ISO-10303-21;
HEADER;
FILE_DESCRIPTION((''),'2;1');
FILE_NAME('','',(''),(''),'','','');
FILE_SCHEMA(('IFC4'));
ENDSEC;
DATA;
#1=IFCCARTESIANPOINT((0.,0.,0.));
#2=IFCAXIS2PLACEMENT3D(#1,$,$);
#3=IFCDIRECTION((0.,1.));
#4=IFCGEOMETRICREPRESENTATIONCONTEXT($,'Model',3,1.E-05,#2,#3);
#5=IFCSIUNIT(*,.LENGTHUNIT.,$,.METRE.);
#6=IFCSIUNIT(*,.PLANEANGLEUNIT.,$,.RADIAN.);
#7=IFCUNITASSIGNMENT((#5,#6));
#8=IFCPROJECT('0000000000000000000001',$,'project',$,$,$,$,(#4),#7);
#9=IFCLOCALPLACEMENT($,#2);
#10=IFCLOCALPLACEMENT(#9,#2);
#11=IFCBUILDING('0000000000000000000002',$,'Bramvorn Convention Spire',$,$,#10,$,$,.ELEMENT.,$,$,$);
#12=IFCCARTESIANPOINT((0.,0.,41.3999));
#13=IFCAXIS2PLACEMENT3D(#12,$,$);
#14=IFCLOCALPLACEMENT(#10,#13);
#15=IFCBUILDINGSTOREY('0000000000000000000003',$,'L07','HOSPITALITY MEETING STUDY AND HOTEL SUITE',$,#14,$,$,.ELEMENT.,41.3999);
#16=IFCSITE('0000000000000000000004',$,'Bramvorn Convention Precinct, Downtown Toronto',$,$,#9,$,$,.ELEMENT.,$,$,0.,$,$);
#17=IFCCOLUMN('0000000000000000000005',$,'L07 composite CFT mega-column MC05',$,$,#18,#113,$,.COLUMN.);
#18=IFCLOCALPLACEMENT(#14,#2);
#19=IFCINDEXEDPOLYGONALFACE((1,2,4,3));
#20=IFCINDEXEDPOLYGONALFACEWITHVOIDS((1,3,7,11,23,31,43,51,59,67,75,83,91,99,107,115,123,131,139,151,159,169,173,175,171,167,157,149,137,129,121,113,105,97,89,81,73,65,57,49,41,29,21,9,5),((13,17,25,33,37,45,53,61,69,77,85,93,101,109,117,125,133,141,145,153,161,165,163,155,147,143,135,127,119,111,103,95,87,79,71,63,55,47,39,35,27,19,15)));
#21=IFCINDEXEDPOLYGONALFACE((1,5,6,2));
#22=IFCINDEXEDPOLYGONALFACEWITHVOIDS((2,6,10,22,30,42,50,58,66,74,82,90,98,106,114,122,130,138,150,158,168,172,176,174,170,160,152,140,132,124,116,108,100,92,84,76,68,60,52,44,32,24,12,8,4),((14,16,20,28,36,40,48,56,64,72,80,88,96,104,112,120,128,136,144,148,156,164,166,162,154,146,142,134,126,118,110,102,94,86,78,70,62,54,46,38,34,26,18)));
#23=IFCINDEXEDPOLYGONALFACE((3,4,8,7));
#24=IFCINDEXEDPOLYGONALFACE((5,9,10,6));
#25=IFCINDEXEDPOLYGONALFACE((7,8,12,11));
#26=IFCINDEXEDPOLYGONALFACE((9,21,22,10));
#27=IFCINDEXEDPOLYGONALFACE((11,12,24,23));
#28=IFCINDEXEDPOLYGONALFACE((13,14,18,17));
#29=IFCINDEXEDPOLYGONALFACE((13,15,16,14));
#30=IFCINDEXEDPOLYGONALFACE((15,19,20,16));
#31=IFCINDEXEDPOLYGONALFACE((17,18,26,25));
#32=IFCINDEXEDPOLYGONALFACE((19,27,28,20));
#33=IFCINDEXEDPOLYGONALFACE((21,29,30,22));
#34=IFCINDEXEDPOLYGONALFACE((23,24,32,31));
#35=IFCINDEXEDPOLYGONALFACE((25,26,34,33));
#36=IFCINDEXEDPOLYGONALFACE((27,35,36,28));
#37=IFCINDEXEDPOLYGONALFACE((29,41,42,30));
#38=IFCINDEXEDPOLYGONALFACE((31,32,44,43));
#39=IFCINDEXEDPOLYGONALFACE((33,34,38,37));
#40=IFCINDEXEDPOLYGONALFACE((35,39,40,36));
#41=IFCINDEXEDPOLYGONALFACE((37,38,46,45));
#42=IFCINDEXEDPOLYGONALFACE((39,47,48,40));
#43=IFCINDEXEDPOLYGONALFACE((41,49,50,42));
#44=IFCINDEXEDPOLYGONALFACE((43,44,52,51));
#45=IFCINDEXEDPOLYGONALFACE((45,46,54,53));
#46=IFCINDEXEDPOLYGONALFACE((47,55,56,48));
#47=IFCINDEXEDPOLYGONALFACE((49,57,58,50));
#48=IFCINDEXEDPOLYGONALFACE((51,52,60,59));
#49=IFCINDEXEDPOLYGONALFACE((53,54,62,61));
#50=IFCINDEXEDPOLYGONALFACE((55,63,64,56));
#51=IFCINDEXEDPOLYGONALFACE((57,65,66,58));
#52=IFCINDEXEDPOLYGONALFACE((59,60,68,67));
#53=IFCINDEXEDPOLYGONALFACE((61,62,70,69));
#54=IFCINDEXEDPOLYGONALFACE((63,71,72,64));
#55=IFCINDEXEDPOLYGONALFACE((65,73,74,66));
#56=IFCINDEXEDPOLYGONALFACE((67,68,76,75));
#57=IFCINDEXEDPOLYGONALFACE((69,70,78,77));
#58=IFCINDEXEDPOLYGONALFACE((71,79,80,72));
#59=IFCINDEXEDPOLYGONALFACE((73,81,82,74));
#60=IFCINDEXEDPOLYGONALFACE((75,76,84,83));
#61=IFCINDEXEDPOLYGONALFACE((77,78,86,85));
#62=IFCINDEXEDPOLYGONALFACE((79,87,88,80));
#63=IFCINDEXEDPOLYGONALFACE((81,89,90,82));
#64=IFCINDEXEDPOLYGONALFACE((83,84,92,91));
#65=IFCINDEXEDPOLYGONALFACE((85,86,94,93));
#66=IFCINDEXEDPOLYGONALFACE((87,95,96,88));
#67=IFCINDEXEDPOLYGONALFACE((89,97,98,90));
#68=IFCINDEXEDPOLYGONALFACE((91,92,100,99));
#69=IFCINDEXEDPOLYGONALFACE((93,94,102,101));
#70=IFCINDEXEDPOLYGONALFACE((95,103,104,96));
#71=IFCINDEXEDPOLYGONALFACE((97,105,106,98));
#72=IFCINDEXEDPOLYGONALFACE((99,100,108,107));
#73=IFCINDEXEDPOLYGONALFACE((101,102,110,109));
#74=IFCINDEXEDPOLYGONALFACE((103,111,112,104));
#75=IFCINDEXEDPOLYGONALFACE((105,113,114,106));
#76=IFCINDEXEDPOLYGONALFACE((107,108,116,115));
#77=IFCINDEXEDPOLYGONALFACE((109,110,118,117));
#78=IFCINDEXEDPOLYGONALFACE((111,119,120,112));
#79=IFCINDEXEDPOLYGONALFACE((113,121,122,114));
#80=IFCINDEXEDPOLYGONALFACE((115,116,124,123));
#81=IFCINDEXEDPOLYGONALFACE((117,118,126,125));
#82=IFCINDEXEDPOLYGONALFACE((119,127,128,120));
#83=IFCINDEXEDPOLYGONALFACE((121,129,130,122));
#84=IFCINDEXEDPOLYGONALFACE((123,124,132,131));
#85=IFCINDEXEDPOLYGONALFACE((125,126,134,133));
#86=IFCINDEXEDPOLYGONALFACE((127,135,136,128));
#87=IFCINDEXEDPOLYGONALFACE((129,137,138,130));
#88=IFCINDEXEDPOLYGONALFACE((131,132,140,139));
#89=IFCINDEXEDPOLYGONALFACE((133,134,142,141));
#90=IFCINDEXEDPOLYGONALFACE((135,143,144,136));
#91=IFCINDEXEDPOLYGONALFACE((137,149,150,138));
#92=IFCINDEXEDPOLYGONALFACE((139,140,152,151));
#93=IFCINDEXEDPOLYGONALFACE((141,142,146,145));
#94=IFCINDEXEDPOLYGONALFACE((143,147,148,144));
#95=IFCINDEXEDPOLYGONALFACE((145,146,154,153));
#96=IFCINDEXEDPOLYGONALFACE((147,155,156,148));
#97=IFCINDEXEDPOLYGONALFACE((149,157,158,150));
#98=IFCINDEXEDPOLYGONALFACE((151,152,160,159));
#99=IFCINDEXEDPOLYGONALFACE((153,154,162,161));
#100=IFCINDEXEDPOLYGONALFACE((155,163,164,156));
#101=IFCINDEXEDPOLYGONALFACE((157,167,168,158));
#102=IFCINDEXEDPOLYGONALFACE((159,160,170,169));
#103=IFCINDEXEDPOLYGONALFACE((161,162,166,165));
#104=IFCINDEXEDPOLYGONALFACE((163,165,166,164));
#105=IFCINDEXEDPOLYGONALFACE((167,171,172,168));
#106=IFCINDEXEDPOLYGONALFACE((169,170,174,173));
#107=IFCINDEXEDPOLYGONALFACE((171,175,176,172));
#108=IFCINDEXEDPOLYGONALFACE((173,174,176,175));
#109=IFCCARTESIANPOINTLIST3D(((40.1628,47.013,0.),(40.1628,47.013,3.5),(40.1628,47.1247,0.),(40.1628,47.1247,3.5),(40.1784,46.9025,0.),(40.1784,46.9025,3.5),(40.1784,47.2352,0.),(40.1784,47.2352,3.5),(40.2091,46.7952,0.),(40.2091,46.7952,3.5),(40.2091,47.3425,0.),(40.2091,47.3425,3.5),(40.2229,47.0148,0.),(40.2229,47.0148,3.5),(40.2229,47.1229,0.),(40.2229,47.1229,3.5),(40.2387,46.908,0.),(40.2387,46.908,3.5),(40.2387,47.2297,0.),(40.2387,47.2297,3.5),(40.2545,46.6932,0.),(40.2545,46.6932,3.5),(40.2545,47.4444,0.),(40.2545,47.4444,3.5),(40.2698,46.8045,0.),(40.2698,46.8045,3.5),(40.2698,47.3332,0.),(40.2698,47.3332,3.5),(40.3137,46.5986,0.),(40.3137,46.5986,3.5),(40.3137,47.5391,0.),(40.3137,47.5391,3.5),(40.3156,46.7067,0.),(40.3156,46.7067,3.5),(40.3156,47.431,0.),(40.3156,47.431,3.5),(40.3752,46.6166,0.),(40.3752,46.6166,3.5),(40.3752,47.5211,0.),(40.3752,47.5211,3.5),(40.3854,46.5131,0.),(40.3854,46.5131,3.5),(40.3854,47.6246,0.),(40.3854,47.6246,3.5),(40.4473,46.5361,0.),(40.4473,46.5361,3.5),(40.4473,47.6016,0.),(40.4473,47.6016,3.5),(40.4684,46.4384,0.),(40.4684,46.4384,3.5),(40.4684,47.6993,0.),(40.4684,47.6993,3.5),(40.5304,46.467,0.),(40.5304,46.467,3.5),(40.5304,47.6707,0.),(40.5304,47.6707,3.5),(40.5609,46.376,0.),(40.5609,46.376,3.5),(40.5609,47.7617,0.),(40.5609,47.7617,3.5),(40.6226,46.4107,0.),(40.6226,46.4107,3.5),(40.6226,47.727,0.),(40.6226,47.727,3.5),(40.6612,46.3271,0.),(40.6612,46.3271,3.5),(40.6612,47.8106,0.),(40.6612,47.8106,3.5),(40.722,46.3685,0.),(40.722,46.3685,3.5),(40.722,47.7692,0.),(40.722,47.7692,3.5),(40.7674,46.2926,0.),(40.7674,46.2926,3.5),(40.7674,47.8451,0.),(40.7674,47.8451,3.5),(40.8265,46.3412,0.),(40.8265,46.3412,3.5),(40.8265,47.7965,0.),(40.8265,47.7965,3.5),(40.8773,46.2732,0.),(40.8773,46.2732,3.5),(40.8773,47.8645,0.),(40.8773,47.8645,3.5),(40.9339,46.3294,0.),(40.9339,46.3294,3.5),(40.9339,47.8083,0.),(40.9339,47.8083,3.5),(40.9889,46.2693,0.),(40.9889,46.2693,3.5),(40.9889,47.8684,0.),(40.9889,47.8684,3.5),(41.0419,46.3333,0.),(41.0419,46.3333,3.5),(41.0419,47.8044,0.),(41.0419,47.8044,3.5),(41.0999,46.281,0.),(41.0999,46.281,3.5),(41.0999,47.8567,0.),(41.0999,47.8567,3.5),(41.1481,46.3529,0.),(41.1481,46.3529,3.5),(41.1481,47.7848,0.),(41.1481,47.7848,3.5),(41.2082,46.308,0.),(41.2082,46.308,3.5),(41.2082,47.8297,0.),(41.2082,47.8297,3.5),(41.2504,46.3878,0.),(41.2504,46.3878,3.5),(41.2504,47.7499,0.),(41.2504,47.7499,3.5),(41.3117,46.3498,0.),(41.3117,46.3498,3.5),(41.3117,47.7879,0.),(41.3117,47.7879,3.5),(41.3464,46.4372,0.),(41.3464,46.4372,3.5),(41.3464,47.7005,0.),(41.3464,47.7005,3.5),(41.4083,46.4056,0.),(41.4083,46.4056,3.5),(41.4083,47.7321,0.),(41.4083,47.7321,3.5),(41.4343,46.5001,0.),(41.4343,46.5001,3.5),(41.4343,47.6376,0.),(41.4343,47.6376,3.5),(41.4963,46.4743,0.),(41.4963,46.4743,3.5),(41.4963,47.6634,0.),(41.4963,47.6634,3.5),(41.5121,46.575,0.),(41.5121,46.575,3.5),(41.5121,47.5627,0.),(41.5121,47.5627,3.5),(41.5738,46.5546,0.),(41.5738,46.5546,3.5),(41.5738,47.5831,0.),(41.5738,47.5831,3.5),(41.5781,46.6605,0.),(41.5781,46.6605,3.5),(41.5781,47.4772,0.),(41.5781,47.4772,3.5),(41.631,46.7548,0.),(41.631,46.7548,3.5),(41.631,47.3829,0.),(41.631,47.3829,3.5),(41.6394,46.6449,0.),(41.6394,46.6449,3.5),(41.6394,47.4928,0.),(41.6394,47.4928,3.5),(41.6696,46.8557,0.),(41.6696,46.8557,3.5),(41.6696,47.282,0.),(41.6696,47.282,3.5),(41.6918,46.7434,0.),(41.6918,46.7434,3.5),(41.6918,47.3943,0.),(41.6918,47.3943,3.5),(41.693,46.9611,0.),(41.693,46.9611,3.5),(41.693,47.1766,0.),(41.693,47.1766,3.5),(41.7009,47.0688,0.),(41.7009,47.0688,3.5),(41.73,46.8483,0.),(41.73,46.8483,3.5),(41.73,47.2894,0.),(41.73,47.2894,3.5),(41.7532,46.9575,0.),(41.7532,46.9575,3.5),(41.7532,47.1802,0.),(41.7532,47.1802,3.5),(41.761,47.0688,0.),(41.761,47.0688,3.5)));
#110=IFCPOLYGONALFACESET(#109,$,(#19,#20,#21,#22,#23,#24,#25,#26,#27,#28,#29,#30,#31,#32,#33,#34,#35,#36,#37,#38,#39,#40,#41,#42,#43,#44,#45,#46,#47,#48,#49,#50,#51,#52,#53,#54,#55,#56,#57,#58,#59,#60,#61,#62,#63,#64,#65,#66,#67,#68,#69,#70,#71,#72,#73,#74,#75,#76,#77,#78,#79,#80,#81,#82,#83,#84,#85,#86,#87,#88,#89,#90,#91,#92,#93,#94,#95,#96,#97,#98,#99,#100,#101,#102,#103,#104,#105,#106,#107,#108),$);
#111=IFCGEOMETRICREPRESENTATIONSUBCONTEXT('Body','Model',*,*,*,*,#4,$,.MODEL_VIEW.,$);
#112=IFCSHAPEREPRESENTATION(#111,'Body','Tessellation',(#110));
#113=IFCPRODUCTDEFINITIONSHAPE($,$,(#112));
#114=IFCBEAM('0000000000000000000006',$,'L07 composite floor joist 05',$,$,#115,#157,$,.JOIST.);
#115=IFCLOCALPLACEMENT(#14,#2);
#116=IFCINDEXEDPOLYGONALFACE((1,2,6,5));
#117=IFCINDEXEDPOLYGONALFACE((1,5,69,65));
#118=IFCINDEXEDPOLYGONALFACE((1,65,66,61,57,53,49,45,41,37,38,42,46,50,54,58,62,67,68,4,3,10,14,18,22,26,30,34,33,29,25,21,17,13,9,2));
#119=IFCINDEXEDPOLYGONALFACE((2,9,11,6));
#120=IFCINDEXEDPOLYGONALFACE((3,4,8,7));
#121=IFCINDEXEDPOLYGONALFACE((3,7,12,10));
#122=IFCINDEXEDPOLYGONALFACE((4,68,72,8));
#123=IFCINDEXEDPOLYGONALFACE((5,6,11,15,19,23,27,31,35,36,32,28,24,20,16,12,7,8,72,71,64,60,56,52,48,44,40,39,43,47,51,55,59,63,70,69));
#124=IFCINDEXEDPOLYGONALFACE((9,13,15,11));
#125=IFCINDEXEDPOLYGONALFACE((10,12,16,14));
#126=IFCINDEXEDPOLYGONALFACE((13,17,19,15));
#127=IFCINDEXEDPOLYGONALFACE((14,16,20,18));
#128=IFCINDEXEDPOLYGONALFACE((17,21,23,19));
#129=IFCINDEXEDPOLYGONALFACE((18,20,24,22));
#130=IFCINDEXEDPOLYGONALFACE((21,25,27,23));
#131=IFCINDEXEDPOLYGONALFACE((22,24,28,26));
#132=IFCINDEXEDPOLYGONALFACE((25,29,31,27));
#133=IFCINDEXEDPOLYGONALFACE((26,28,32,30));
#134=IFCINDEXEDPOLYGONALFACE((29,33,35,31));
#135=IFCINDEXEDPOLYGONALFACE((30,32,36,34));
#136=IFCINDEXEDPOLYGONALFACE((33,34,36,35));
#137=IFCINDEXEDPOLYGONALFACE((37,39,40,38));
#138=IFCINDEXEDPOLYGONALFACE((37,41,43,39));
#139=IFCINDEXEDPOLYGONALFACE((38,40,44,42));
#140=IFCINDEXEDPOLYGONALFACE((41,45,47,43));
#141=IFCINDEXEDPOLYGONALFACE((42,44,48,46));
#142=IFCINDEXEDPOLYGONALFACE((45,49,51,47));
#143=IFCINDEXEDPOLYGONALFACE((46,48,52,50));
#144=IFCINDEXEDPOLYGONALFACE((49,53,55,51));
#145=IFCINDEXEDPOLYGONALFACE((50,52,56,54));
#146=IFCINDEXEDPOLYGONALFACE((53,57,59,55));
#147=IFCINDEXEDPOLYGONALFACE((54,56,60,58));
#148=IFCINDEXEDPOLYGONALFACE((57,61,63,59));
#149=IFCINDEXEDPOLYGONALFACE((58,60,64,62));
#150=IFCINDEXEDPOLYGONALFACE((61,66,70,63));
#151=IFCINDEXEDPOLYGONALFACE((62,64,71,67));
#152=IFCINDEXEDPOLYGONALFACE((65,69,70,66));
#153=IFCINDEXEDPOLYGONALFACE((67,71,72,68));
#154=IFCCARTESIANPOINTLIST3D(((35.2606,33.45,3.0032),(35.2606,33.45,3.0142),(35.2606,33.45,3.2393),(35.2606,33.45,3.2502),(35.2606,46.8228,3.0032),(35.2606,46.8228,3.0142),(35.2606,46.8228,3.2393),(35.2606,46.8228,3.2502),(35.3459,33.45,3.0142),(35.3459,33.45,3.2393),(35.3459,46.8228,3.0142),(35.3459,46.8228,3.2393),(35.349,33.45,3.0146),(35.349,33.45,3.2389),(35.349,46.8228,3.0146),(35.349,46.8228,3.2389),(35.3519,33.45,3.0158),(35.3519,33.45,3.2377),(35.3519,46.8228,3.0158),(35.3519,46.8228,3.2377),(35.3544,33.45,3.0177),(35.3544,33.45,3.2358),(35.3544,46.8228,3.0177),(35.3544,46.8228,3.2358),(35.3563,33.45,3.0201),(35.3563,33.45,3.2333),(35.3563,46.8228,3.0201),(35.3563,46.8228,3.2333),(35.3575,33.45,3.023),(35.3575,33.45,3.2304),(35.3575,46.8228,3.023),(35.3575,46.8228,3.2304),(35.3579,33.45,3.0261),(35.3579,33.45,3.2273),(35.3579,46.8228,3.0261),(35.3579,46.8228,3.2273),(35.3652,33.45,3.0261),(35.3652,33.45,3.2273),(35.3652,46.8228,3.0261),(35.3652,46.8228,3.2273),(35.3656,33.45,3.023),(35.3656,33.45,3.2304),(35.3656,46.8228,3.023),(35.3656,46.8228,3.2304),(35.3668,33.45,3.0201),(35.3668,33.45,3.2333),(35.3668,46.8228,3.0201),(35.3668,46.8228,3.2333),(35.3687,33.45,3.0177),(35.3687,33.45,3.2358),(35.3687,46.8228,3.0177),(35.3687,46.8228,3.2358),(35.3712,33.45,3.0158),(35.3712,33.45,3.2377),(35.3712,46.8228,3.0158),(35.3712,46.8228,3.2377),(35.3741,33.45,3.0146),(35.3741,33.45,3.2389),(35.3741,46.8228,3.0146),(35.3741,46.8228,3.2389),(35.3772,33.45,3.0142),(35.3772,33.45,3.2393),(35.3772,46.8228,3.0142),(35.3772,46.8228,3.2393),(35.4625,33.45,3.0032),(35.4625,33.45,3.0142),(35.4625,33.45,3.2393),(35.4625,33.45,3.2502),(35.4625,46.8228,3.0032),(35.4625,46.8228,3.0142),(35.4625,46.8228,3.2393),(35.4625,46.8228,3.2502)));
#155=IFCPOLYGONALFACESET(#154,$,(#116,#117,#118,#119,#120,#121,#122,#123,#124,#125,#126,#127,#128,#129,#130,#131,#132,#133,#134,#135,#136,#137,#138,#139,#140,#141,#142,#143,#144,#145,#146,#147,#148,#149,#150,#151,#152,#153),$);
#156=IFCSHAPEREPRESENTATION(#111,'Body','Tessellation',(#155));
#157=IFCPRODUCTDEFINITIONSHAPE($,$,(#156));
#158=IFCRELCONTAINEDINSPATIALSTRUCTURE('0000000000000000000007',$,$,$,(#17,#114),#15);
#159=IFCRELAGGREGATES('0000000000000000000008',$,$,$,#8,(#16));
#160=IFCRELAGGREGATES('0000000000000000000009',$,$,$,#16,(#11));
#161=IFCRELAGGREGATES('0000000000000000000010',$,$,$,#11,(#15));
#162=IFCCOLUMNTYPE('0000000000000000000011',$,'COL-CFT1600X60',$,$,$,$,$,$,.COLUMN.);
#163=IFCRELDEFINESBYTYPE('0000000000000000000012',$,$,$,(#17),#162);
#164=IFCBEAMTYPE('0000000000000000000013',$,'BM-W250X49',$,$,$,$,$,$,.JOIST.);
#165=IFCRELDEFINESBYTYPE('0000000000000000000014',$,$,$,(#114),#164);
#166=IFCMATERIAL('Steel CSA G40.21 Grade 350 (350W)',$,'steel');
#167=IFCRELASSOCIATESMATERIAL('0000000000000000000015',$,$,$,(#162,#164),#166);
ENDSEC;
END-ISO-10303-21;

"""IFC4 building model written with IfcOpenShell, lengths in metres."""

from ifc_helpers import new_model, si_unit, direction, frame, origin, origin_2d, place, context, subcontext, project, spatial, hollow_circle, i_section, extrude, material, material_profile, profile_set, type_object, element, save


model = new_model("IFC4")

# Units and contexts
model_context = context("Model", 3, precision=1e-05, world=origin(), true_north=direction((0.0, 1.0)))
body_context = subcontext(model_context, "Body", "Model", "MODEL_VIEW")
ifc_project = project(units=[si_unit("LENGTHUNIT", "METRE"), si_unit("PLANEANGLEUNIT", "RADIAN")], contexts=[model_context])

# Site, building, storey
site_placement = place(None, origin())
site = spatial("IfcSite", under=ifc_project, at=site_placement, Name="Bramvorn Convention Precinct, Downtown Toronto", CompositionType="ELEMENT", RefElevation=0.0)
building_placement = place(site_placement, origin())
building = spatial("IfcBuilding", under=site, at=building_placement, Name="Bramvorn Convention Spire", CompositionType="ELEMENT")
storey_placement = place(building_placement, frame((0.0, 0.0, 41.3999)))
storey = spatial("IfcBuildingStorey", under=building, at=storey_placement, Name="L07", Description="HOSPITALITY MEETING STUDY AND HOTEL SUITE", CompositionType="ELEMENT", Elevation=41.3999)

# Column
ifc_material_1 = material(Name="Steel CSA G40.21 Grade 350 (350W)", Category="steel")
ifc_material_profile_1 = material_profile(ifc_material_1, hollow_circle(Radius=0.8, WallThickness=0.0601, at=origin_2d()))
ifc_profile_set_1 = profile_set([ifc_material_profile_1], Name="Steel CSA G40.21 Grade 350 (350W) - CFT1600X60")
column_type = type_object("IfcColumnType", Name="COL-CFT1600X60", PredefinedType="COLUMN", material=ifc_profile_set_1)
column_placement = place(storey_placement, frame((40.9609, 47.0688, 0.0), z_axis=(0.0, 0.0, 1.0), x_axis=(1.0, 0.0, 0.0)))
element("IfcColumn", 1, at=column_placement, inside=storey, type_object=column_type, Name="L07 composite CFT mega-column MC05", PredefinedType="COLUMN", context=body_context, shape_type="SweptSolid", body=[
    extrude(hollow_circle(Radius=0.8, WallThickness=0.0601, at=origin_2d()), origin(), (0.0, 0.0, 1.0), 3.5),
])

# Beam
ifc_material_profile_2 = material_profile(ifc_material_1, i_section(OverallWidth=0.2019, OverallDepth=0.2471, WebThickness=0.0073, FlangeThickness=0.011, FilletRadius=0.012, at=origin_2d()))
ifc_profile_set_2 = profile_set([ifc_material_profile_2], Name="Steel CSA G40.21 Grade 350 (350W) - W250X49")
beam_type_1 = type_object("IfcBeamType", Name="BM-W250X49", PredefinedType="JOIST", material=ifc_profile_set_2)
beam_1_placement = place(storey_placement, frame((35.3616, 33.45, 3.1267), z_axis=(0.0, 1.0, 0.0), x_axis=(-1.0, 0.0, 0.0)))
element("IfcBeam", 2, at=beam_1_placement, inside=storey, type_object=beam_type_1, Name="L07 composite floor joist 05", PredefinedType="JOIST", context=body_context, shape_type="SweptSolid", body=[
    extrude(i_section(OverallWidth=0.2019, OverallDepth=0.2471, WebThickness=0.0073, FlangeThickness=0.011, FilletRadius=0.012, at=origin_2d()), origin(), (0.0, 0.0, 1.0), 13.3728),
])

save(model, "model.ifc")
